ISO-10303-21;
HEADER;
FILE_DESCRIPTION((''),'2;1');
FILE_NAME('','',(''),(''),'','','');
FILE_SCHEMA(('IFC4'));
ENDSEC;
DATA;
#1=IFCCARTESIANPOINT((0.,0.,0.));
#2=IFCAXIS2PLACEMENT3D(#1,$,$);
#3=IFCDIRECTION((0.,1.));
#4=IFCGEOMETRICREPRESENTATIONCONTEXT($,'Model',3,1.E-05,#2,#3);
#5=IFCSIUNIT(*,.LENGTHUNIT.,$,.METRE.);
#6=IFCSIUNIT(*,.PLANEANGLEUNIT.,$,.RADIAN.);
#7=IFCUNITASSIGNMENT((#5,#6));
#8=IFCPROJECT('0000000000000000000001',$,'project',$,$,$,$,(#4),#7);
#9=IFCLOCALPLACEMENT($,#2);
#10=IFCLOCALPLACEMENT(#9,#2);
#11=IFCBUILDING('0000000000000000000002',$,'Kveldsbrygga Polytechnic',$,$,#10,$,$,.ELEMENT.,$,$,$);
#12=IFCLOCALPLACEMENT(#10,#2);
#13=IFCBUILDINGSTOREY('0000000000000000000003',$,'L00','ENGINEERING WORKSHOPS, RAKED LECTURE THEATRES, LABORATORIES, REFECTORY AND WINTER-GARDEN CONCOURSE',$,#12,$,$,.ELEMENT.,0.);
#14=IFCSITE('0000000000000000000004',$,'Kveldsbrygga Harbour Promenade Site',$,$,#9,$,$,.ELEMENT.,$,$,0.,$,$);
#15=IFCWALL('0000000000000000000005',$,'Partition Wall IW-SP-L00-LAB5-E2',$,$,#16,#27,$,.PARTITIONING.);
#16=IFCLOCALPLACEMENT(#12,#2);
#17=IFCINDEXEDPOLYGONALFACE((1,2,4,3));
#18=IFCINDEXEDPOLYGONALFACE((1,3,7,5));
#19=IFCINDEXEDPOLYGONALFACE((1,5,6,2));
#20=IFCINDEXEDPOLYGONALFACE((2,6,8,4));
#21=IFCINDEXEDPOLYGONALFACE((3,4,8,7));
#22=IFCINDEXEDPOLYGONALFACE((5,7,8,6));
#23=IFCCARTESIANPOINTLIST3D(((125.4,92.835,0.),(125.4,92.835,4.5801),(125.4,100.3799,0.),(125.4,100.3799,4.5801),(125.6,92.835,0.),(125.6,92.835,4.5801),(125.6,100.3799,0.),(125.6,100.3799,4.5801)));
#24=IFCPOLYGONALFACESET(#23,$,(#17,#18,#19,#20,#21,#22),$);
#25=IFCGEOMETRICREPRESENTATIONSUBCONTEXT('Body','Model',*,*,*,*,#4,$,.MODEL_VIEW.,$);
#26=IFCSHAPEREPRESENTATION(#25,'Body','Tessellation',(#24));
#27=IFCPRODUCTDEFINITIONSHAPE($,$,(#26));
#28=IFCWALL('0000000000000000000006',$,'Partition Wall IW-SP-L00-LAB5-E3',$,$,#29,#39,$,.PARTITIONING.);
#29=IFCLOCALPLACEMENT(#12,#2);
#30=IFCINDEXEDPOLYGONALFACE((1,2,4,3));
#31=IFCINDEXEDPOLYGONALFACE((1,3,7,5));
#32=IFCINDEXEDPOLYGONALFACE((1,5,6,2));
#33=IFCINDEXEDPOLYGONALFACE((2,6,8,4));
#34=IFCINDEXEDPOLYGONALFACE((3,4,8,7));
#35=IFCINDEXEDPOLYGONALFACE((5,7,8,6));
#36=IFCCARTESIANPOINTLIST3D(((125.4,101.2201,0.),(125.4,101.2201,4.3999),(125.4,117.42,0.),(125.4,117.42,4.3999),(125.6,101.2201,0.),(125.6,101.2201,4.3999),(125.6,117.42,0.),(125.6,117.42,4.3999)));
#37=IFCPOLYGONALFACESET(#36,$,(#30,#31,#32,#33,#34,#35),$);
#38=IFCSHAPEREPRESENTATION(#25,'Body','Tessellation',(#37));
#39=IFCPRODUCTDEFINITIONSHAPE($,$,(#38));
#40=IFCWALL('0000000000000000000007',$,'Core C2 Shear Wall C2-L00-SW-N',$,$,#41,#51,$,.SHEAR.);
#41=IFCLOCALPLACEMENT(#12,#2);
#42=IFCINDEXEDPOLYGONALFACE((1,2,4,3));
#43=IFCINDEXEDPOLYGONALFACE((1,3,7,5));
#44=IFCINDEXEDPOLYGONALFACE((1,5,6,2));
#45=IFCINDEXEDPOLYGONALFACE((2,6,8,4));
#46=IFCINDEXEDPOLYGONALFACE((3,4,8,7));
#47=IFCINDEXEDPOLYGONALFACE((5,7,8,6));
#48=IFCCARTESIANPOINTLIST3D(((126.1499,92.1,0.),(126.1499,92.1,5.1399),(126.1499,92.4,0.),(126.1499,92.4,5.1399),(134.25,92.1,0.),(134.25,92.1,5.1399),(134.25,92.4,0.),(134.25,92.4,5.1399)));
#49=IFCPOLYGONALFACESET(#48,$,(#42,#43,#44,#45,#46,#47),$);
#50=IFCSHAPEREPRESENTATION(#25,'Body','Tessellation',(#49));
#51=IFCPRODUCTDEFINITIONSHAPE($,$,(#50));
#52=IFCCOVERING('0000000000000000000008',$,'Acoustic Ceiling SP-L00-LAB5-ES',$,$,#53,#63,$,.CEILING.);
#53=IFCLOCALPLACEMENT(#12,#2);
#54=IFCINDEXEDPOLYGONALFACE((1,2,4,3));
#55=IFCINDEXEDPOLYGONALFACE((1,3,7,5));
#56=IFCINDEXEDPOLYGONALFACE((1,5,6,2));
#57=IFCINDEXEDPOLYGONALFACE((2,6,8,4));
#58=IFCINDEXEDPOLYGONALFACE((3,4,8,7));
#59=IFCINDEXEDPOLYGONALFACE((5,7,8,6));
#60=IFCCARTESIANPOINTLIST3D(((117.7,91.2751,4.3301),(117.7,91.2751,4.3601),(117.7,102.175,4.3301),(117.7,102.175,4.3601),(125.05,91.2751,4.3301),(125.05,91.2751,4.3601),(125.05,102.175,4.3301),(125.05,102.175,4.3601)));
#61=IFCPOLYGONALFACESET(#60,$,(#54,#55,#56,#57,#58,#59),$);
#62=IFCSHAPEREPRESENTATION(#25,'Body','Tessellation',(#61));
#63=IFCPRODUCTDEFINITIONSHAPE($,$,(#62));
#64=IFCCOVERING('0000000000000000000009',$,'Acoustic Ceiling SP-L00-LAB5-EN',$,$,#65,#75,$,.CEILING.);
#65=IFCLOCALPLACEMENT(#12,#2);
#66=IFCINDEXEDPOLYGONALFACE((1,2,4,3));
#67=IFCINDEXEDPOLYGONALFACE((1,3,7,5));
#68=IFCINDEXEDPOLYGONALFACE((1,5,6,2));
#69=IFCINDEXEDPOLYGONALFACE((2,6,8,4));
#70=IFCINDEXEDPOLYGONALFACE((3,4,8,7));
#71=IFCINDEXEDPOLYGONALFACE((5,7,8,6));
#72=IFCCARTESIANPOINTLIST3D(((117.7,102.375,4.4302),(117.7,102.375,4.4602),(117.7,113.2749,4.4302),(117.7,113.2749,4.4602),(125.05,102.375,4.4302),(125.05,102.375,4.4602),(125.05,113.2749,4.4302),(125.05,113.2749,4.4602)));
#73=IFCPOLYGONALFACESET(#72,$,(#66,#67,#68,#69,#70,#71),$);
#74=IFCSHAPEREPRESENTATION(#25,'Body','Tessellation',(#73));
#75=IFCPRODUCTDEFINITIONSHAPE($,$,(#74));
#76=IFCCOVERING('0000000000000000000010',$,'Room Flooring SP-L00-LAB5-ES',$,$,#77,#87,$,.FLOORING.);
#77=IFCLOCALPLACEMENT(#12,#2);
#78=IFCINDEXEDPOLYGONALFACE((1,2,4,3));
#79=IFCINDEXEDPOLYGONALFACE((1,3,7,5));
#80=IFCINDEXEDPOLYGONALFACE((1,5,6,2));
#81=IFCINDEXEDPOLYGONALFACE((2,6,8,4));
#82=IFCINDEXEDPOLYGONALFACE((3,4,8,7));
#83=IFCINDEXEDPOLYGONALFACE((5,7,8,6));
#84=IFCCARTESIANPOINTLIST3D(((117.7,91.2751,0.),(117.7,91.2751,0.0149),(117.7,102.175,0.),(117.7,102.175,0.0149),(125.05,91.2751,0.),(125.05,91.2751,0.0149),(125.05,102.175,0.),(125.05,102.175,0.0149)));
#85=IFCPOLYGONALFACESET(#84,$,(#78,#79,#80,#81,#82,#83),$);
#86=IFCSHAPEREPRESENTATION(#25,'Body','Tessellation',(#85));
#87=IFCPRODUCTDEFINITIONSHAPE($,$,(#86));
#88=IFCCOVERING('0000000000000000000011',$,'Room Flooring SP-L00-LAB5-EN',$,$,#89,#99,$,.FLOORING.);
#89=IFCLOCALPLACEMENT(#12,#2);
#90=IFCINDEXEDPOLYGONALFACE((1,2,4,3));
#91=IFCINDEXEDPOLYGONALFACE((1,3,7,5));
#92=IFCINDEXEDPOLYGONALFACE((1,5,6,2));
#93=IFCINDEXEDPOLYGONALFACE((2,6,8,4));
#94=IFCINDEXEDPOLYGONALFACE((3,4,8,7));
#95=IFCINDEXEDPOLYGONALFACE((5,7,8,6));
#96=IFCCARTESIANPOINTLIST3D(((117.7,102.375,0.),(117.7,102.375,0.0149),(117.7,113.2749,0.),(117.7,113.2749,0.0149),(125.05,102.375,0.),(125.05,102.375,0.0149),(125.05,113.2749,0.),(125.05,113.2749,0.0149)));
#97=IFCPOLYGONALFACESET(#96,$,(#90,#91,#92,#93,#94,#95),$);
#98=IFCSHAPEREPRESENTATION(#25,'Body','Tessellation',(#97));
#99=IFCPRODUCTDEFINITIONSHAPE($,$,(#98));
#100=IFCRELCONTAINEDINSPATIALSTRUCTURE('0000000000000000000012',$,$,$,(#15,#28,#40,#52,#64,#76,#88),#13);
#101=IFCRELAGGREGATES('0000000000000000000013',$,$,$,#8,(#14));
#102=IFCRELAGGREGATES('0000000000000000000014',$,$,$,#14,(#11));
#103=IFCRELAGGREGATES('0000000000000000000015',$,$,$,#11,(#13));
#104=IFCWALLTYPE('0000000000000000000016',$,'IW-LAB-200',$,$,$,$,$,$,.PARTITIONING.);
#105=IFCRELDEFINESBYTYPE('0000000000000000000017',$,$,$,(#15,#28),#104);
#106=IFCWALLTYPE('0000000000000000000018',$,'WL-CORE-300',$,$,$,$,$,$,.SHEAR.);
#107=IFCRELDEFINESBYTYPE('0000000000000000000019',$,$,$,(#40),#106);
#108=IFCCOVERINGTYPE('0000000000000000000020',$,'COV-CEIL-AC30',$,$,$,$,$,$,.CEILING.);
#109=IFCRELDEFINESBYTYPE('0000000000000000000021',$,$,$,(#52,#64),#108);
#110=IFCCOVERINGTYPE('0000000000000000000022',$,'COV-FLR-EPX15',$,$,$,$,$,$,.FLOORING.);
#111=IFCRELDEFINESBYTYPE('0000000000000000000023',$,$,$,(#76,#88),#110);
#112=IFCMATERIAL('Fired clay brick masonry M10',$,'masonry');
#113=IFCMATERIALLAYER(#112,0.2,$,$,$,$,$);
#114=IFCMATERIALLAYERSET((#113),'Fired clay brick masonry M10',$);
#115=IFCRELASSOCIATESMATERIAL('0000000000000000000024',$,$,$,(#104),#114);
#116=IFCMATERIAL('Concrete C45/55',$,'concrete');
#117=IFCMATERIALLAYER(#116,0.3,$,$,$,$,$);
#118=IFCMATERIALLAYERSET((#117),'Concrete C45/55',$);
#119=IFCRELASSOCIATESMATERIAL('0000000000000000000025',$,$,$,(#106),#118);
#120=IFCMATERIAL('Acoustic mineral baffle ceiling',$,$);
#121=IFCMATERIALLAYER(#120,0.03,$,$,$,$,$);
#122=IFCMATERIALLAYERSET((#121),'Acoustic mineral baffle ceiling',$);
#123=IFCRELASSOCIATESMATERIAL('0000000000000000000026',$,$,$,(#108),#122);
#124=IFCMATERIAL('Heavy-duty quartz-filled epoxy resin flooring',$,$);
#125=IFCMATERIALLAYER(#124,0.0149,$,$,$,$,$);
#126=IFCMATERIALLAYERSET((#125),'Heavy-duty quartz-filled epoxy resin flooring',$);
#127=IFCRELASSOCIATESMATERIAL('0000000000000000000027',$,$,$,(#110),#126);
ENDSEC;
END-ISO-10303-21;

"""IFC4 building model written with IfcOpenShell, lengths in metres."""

from ifc_helpers import new_model, si_unit, direction, frame, frame_2d, origin, origin_2d, place, context, subcontext, project, spatial, rectangle, extrude, material, layer, layer_set, type_object, element, save


model = new_model("IFC4")

# Units and contexts
model_context = context("Model", 3, precision=1e-05, world=origin(), true_north=direction((0.0, 1.0)))
body_context = subcontext(model_context, "Body", "Model", "MODEL_VIEW")
ifc_project = project(units=[si_unit("LENGTHUNIT", "METRE"), si_unit("PLANEANGLEUNIT", "RADIAN")], contexts=[model_context])

# Site, building, storey
site_placement = place(None, origin())
site = spatial("IfcSite", under=ifc_project, at=site_placement, Name="Kveldsbrygga Harbour Promenade Site", CompositionType="ELEMENT", RefElevation=0.0)
building_placement = place(site_placement, origin())
building = spatial("IfcBuilding", under=site, at=building_placement, Name="Kveldsbrygga Polytechnic", CompositionType="ELEMENT")
storey_placement = place(building_placement, origin())
storey = spatial("IfcBuildingStorey", under=building, at=storey_placement, Name="L00", Description="ENGINEERING WORKSHOPS, RAKED LECTURE THEATRES, LABORATORIES, REFECTORY AND WINTER-GARDEN CONCOURSE", CompositionType="ELEMENT", Elevation=0.0)

# Shared definitions
ifc_material_1 = material(Name="Concrete C45/55", Category="concrete")

# Walls
ifc_material_2 = material(Name="Fired clay brick masonry M10", Category="masonry")
ifc_layer_1 = layer(ifc_material_2, 0.2)
ifc_layer_set_1 = layer_set([ifc_layer_1], Name="Fired clay brick masonry M10")
wall_type_1 = type_object("IfcWallType", Name="IW-LAB-200", PredefinedType="PARTITIONING", material=ifc_layer_set_1)
wall_1_placement = place(storey_placement, frame((125.5, 92.835, 0.0), z_axis=(0.0, 0.0, 1.0), x_axis=(0.0, 1.0, 0.0)))
element("IfcWall", 1, at=wall_1_placement, inside=storey, type_object=wall_type_1, Name="Partition Wall IW-SP-L00-LAB5-E2", PredefinedType="PARTITIONING", context=body_context, shape_type="SweptSolid", body=[
    extrude(rectangle(XDim=7.5449, YDim=0.2, at=frame_2d((3.7725, 0.0))), origin(), (0.0, 0.0, 1.0), 4.5801),
])
wall_2_placement = place(storey_placement, frame((125.5, 101.22, 0.0), z_axis=(0.0, 0.0, 1.0), x_axis=(0.0, 1.0, 0.0)))
element("IfcWall", 2, at=wall_2_placement, inside=storey, type_object=wall_type_1, Name="Partition Wall IW-SP-L00-LAB5-E3", PredefinedType="PARTITIONING", context=body_context, shape_type="SweptSolid", body=[
    extrude(rectangle(XDim=16.2, YDim=0.2, at=frame_2d((8.1001, 0.0))), origin(), (0.0, 0.0, 1.0), 4.3999),
])
ifc_layer_2 = layer(ifc_material_1, 0.3)
ifc_layer_set_2 = layer_set([ifc_layer_2], Name="Concrete C45/55")
wall_type_2 = type_object("IfcWallType", Name="WL-CORE-300", PredefinedType="SHEAR", material=ifc_layer_set_2)
wall_3_placement = place(storey_placement, frame((126.1499, 92.25, 0.0), z_axis=(0.0, 0.0, 1.0), x_axis=(1.0, 0.0, 0.0)))
element("IfcWall", 3, at=wall_3_placement, inside=storey, type_object=wall_type_2, Name="Core C2 Shear Wall C2-L00-SW-N", PredefinedType="SHEAR", context=body_context, shape_type="SweptSolid", body=[
    extrude(rectangle(XDim=8.1001, YDim=0.3, at=frame_2d((4.05, 0.0))), origin(), (0.0, 0.0, 1.0), 5.1399),
])

# Coverings
ifc_material_3 = material(Name="Acoustic mineral baffle ceiling")
ifc_layer_3 = layer(ifc_material_3, 0.03)
ifc_layer_set_3 = layer_set([ifc_layer_3], Name="Acoustic mineral baffle ceiling")
covering_type_1 = type_object("IfcCoveringType", Name="COV-CEIL-AC30", PredefinedType="CEILING", material=ifc_layer_set_3)
for number, where, z_axis, x_axis, name in (
    (4, (121.375, 96.7251, 4.3301), (0.0, 0.0, 1.0), (1.0, 0.0, 0.0), "Acoustic Ceiling SP-L00-LAB5-ES"),
    (5, (121.375, 107.825, 4.4302), (0.0, 0.0, 1.0), (1.0, 0.0, 0.0), "Acoustic Ceiling SP-L00-LAB5-EN"),
):
    element("IfcCovering", number, at=place(storey_placement, frame(where, z_axis=z_axis, x_axis=x_axis)), inside=storey, type_object=covering_type_1, Name=name, PredefinedType="CEILING", context=body_context, shape_type="SweptSolid", body=[
        extrude(rectangle(XDim=7.3501, YDim=10.8999, at=origin_2d()), origin(), (0.0, 0.0, 1.0), 0.03),
    ])
ifc_material_4 = material(Name="Heavy-duty quartz-filled epoxy resin flooring")
ifc_layer_4 = layer(ifc_material_4, 0.0149)
ifc_layer_set_4 = layer_set([ifc_layer_4], Name="Heavy-duty quartz-filled epoxy resin flooring")
covering_type_2 = type_object("IfcCoveringType", Name="COV-FLR-EPX15", PredefinedType="FLOORING", material=ifc_layer_set_4)
for number, where, z_axis, x_axis, name in (
    (6, (121.375, 96.7251, 0.0), (0.0, 0.0, 1.0), (1.0, 0.0, 0.0), "Room Flooring SP-L00-LAB5-ES"),
    (7, (121.375, 107.825, 0.0), (0.0, 0.0, 1.0), (1.0, 0.0, 0.0), "Room Flooring SP-L00-LAB5-EN"),
):
    element("IfcCovering", number, at=place(storey_placement, frame(where, z_axis=z_axis, x_axis=x_axis)), inside=storey, type_object=covering_type_2, Name=name, PredefinedType="FLOORING", context=body_context, shape_type="SweptSolid", body=[
        extrude(rectangle(XDim=7.3501, YDim=10.8999, at=origin_2d()), origin(), (0.0, 0.0, 1.0), 0.0149),
    ])

save(model, "model.ifc")
